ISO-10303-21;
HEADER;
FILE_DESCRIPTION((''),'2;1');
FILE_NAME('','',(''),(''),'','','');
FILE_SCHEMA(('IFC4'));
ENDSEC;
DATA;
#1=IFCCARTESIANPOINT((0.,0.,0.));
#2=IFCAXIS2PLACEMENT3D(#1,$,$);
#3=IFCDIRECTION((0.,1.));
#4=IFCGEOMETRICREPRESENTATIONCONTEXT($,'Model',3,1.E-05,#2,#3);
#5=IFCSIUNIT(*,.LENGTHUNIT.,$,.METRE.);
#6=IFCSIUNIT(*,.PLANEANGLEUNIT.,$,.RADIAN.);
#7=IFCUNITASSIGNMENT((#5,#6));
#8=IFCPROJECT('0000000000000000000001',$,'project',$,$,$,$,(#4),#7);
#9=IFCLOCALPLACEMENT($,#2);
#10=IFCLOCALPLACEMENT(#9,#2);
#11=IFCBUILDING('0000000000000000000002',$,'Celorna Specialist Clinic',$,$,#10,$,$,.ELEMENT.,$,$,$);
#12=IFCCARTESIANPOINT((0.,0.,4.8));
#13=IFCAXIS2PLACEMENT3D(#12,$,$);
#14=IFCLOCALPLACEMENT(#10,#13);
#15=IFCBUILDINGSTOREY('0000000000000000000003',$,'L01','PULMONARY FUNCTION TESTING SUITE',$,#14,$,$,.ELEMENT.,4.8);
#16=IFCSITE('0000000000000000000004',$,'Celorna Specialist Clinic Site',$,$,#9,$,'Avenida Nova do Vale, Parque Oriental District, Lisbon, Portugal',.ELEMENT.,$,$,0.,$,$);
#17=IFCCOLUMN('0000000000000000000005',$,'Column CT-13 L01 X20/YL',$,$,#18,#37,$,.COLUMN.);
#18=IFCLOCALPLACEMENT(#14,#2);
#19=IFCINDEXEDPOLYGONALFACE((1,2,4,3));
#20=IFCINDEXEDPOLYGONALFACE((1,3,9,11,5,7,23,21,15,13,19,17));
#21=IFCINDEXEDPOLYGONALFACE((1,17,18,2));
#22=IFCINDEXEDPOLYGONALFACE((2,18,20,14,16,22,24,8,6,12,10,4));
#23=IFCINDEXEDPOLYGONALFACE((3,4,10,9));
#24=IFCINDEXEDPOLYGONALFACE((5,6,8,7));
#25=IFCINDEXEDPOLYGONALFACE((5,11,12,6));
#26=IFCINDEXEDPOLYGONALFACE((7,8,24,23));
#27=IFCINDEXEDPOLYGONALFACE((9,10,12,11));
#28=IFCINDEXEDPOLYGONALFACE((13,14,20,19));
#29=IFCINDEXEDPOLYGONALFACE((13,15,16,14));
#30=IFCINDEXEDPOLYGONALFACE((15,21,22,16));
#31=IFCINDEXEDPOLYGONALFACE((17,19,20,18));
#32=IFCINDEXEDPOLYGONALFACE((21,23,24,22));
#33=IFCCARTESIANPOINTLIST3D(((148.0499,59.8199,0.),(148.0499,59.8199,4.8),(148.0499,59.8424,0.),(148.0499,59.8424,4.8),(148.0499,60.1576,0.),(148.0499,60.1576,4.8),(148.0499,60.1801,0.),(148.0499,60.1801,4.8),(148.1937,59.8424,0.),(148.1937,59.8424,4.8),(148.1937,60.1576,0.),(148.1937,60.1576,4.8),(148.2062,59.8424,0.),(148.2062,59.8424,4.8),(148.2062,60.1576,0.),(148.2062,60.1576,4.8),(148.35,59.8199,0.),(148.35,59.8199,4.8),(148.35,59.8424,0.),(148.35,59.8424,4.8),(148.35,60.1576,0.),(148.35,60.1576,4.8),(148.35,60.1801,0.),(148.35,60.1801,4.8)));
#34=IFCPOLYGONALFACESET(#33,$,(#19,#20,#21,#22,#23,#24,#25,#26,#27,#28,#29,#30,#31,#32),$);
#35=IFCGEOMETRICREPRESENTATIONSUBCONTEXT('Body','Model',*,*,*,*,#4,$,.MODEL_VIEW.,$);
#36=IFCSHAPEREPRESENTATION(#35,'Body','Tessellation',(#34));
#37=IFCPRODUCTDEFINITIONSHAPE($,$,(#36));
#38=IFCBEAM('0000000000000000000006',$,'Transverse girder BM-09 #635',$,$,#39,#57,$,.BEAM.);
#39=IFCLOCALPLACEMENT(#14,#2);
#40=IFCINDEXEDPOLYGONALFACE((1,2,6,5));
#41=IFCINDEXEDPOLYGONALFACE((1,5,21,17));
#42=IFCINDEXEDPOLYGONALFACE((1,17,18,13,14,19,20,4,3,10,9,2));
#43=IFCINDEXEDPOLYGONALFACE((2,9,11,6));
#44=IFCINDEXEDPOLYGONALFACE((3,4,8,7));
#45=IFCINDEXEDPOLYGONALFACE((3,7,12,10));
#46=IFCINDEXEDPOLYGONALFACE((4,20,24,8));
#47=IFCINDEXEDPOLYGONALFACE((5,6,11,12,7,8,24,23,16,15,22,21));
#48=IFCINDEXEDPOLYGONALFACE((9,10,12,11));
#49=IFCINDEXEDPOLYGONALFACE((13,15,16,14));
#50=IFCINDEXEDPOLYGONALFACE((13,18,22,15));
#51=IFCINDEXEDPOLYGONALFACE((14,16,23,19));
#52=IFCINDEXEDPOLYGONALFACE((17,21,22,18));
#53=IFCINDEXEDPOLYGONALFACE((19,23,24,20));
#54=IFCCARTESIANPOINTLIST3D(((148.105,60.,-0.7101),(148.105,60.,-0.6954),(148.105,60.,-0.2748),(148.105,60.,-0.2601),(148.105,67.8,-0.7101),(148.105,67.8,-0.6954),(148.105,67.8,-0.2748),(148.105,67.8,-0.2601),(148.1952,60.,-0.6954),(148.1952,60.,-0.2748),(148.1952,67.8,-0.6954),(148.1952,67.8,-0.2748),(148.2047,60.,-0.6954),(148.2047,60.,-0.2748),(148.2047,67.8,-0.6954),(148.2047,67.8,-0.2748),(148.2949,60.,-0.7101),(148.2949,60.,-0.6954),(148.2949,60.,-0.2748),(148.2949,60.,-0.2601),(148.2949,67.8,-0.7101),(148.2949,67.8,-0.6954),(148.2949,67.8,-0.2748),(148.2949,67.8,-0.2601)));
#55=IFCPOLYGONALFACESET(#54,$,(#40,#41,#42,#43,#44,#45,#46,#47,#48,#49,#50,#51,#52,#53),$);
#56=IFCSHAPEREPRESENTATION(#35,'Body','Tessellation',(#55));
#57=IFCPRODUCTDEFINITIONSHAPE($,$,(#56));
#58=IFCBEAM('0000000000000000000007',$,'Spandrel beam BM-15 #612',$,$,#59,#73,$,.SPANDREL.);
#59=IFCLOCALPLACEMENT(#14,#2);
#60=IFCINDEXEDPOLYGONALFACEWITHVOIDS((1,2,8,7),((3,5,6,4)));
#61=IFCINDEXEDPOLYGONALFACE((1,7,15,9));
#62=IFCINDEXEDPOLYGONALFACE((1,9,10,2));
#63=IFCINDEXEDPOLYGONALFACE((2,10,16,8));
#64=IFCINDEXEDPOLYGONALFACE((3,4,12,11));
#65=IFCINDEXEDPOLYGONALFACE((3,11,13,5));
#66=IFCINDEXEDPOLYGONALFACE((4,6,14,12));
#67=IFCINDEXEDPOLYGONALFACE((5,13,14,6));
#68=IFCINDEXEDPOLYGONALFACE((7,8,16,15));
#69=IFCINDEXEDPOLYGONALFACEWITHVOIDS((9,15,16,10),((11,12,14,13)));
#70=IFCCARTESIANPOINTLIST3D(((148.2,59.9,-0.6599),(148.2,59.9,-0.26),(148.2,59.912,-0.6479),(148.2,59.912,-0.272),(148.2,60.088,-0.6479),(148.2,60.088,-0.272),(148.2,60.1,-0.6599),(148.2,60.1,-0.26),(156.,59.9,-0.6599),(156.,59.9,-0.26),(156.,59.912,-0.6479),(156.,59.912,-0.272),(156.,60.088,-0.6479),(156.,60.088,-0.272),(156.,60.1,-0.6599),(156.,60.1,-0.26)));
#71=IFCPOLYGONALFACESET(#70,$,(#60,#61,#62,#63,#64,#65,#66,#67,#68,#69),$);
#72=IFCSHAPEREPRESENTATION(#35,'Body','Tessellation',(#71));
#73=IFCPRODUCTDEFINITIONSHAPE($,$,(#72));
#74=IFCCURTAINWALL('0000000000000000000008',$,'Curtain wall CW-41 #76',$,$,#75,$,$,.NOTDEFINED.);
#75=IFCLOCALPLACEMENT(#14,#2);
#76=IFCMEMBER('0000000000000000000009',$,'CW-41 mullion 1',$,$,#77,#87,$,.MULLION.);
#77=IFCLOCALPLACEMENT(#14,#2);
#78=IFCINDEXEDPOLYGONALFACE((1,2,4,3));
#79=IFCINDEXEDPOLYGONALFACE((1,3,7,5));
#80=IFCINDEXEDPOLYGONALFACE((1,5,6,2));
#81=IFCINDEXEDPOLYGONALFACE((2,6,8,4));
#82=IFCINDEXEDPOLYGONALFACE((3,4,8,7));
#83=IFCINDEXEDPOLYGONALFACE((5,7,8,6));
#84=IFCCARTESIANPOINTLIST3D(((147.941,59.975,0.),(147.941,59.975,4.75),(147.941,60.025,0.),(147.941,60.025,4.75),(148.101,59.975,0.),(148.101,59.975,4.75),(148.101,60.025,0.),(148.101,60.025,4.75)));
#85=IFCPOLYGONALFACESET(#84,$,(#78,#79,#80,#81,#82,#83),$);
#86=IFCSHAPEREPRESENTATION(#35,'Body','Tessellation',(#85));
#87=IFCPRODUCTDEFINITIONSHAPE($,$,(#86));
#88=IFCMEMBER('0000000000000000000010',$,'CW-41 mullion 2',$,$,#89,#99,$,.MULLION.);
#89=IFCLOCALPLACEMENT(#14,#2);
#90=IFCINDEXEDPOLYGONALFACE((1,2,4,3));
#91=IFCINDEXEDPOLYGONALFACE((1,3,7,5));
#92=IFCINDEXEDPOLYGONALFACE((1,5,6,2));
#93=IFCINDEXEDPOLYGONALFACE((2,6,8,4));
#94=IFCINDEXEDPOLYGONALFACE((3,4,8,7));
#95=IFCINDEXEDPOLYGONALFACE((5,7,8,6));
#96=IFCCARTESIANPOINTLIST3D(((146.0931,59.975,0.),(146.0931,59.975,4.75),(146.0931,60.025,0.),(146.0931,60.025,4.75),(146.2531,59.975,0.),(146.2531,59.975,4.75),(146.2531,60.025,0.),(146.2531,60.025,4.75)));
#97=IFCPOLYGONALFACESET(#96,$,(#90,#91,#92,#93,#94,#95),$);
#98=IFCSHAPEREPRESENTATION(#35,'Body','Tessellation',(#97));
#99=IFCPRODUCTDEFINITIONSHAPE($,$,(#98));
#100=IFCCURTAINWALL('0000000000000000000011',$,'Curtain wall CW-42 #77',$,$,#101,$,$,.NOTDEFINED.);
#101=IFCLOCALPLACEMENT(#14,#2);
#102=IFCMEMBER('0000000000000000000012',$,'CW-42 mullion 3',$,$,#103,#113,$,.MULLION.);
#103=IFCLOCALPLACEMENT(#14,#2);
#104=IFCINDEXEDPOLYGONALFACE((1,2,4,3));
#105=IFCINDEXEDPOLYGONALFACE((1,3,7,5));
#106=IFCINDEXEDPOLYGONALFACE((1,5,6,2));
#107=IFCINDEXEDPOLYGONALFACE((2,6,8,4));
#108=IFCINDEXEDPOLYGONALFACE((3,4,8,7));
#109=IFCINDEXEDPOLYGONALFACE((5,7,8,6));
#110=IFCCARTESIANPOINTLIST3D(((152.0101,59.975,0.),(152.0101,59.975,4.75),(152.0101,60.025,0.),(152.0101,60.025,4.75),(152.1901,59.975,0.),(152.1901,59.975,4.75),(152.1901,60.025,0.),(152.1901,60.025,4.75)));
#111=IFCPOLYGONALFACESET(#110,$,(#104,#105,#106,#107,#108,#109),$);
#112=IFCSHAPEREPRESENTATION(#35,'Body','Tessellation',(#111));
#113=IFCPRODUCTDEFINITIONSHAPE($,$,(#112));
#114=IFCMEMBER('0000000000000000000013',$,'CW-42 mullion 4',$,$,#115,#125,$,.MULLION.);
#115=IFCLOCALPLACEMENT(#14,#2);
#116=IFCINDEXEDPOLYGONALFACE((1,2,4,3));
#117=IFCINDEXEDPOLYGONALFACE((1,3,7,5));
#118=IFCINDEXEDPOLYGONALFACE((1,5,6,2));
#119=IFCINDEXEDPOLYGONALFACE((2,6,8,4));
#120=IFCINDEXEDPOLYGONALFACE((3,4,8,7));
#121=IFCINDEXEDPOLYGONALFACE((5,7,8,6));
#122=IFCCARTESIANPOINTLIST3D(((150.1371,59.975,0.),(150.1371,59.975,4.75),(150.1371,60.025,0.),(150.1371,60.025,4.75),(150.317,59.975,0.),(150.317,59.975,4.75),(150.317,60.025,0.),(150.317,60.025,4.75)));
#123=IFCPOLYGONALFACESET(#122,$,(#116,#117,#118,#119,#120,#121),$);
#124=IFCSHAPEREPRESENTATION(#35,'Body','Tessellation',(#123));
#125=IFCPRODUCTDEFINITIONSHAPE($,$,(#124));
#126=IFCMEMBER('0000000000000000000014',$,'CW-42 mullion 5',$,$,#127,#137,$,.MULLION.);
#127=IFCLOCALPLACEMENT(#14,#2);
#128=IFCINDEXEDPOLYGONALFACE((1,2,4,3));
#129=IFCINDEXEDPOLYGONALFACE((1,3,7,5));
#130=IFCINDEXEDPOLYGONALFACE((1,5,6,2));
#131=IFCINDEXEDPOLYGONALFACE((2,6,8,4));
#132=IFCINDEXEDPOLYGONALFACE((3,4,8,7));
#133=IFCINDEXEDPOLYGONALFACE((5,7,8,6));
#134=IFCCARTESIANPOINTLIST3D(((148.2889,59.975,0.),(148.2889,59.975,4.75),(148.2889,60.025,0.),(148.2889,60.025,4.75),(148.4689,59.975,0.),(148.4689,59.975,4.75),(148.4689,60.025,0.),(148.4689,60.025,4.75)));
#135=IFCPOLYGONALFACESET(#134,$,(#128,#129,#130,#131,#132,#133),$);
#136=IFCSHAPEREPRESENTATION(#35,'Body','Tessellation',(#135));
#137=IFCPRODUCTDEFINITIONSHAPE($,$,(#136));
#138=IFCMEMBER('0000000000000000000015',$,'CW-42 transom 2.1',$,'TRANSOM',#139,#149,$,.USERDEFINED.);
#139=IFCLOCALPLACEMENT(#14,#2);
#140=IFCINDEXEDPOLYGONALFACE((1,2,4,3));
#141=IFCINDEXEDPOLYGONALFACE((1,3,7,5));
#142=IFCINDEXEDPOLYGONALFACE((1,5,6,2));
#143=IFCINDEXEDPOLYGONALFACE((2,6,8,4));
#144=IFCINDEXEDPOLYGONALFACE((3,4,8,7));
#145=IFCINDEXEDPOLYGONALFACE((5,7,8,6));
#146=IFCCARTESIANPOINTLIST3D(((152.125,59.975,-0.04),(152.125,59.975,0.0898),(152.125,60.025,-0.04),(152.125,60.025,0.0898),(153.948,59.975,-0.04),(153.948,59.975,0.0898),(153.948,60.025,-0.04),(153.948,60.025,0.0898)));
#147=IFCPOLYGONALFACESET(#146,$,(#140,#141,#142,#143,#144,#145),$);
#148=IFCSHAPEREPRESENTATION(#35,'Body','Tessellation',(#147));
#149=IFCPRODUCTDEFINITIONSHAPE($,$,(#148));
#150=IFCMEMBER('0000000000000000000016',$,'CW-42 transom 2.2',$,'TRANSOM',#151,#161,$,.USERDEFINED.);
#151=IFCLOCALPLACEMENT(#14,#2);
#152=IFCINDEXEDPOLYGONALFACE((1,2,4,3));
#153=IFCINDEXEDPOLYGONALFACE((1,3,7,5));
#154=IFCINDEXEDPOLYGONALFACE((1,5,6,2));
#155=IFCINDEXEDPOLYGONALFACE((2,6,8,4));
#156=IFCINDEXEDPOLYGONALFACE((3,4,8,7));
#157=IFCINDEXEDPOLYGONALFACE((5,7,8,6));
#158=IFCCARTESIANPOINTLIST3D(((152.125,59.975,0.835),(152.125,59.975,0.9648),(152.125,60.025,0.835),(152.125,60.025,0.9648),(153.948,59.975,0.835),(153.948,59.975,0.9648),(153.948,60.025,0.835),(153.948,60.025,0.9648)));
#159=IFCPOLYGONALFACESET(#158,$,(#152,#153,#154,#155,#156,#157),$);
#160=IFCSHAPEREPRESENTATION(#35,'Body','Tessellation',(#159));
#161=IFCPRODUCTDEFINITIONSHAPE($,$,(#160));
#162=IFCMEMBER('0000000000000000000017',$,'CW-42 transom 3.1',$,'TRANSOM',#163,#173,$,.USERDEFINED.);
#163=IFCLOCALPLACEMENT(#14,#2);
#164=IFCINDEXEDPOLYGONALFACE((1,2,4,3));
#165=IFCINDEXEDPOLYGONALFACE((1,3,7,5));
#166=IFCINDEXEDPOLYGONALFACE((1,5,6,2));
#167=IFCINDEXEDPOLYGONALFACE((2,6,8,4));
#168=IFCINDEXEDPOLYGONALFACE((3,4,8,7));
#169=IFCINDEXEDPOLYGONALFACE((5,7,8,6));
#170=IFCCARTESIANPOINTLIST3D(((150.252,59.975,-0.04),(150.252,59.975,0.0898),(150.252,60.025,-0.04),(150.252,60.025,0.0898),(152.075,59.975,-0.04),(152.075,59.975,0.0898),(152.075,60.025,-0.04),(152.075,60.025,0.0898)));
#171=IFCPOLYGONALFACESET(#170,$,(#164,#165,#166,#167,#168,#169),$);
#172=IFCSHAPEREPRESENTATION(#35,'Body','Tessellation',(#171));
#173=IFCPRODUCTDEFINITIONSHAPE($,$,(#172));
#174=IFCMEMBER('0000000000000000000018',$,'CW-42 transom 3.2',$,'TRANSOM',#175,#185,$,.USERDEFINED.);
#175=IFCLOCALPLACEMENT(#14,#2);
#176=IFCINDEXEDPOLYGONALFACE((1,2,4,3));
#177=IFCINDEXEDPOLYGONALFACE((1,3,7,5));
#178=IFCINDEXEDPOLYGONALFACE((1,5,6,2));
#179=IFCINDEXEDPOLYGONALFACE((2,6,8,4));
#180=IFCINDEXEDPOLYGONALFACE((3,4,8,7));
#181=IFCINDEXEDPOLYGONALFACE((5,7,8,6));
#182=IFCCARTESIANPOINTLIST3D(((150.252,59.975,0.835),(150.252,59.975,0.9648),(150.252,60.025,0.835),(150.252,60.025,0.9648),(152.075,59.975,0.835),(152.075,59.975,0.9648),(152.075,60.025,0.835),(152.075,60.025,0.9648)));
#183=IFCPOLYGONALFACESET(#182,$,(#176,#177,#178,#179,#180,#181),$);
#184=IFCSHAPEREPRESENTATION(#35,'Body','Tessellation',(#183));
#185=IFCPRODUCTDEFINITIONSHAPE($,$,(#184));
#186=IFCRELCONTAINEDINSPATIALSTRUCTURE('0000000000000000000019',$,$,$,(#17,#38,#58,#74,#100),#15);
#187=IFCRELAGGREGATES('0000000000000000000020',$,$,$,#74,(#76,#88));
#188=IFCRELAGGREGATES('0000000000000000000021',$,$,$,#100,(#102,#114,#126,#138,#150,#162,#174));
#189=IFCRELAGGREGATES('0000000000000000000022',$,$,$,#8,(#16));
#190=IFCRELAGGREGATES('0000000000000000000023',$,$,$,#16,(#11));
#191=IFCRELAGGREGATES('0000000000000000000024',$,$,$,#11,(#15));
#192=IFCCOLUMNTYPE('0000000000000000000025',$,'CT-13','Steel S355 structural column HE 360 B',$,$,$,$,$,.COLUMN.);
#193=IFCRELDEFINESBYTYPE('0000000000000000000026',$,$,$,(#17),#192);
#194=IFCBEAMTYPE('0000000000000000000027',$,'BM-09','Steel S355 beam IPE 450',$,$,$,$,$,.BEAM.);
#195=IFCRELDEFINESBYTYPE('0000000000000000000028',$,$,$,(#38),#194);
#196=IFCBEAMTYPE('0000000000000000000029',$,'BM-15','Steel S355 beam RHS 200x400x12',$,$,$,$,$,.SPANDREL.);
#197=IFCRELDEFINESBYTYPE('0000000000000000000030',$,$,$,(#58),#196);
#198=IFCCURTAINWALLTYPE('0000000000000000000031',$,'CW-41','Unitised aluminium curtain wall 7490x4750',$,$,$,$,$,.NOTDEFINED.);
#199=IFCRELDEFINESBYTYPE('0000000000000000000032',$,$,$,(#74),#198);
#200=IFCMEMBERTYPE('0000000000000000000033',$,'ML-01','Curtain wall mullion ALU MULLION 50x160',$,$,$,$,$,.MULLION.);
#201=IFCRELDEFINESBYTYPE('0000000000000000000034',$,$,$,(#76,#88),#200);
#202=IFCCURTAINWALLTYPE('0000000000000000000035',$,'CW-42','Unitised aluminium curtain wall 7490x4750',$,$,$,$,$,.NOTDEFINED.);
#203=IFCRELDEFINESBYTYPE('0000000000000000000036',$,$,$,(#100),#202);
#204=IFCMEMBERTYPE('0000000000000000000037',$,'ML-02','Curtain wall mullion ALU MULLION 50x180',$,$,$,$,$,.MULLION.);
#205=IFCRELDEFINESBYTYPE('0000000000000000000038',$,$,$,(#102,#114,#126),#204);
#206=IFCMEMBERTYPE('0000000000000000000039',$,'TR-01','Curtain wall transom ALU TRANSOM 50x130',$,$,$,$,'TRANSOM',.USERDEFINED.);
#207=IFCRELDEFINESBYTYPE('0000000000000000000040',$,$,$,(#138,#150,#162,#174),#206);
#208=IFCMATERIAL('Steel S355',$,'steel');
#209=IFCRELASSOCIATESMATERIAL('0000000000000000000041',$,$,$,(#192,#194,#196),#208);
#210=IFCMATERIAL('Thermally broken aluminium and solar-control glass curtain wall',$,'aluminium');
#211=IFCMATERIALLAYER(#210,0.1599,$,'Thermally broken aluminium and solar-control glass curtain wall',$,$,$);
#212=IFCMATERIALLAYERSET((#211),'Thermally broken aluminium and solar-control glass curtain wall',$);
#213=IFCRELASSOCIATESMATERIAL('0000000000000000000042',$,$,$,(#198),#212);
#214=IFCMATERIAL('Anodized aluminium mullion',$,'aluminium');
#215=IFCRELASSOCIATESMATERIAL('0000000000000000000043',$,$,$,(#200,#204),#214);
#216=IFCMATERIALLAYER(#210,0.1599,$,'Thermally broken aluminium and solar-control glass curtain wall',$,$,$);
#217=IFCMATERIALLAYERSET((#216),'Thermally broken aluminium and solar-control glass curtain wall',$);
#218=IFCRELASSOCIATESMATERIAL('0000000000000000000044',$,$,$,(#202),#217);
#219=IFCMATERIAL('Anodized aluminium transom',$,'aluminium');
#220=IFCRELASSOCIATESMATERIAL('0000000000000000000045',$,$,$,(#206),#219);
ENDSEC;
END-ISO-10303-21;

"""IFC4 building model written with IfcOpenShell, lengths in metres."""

from ifc_helpers import new_model, si_unit, direction, frame, origin, origin_2d, place, context, subcontext, project, spatial, rectangle, hollow_rectangle, i_section, extrude, material, layer, layer_set, material_profile, profile_set, type_object, element, aggregate, save


model = new_model("IFC4")

# Units and contexts
model_context = context("Model", 3, precision=1e-05, world=origin(), true_north=direction((0.0, 1.0)))
body_context = subcontext(model_context, "Body", "Model", "MODEL_VIEW")
ifc_project = project(units=[si_unit("LENGTHUNIT", "METRE"), si_unit("PLANEANGLEUNIT", "RADIAN")], contexts=[model_context])

# Site, building, storey
site_placement = place(None, origin())
site = spatial("IfcSite", under=ifc_project, at=site_placement, Name="Celorna Specialist Clinic Site", LongName="Avenida Nova do Vale, Parque Oriental District, Lisbon, Portugal", CompositionType="ELEMENT", RefElevation=0.0)
building_placement = place(site_placement, origin())
building = spatial("IfcBuilding", under=site, at=building_placement, Name="Celorna Specialist Clinic", CompositionType="ELEMENT")
storey_placement = place(building_placement, frame((0.0, 0.0, 4.8)))
storey = spatial("IfcBuildingStorey", under=building, at=storey_placement, Name="L01", Description="PULMONARY FUNCTION TESTING SUITE", CompositionType="ELEMENT", Elevation=4.8)

# Column
ifc_material_1 = material(Name="Steel S355", Category="steel")
ifc_material_profile_1 = material_profile(ifc_material_1, i_section(OverallWidth=0.3, OverallDepth=0.3601, WebThickness=0.0125, FlangeThickness=0.0225, at=origin_2d()), Name="HE 360 B")
ifc_profile_set_1 = profile_set([ifc_material_profile_1], Name="Steel S355")
column_type = type_object("IfcColumnType", Name="CT-13", Description="Steel S355 structural column HE 360 B", PredefinedType="COLUMN", material=ifc_profile_set_1)
column_placement = place(storey_placement, frame((148.2, 60.0, 0.0), z_axis=(0.0, 0.0, 1.0), x_axis=(1.0, 0.0, 0.0)))
element("IfcColumn", 1, at=column_placement, inside=storey, type_object=column_type, Name="Column CT-13 L01 X20/YL", PredefinedType="COLUMN", context=body_context, shape_type="SweptSolid", body=[
    extrude(i_section(OverallWidth=0.3, OverallDepth=0.3601, WebThickness=0.0125, FlangeThickness=0.0225, at=origin_2d()), origin(), (0.0, 0.0, 1.0), 4.8),
])

# Beams
ifc_material_profile_2 = material_profile(ifc_material_1, i_section(OverallWidth=0.1899, OverallDepth=0.45, WebThickness=0.0095, FlangeThickness=0.0146, at=origin_2d()), Name="IPE 450")
ifc_profile_set_2 = profile_set([ifc_material_profile_2], Name="Steel S355")
beam_type_1 = type_object("IfcBeamType", Name="BM-09", Description="Steel S355 beam IPE 450", PredefinedType="BEAM", material=ifc_profile_set_2)
beam_1_placement = place(storey_placement, frame((148.2, 60.0, -0.4851), z_axis=(0.0, 1.0, 0.0), x_axis=(-1.0, 0.0, 0.0)))
element("IfcBeam", 2, at=beam_1_placement, inside=storey, type_object=beam_type_1, Name="Transverse girder BM-09 #635", PredefinedType="BEAM", context=body_context, shape_type="SweptSolid", body=[
    extrude(i_section(OverallWidth=0.1899, OverallDepth=0.45, WebThickness=0.0095, FlangeThickness=0.0146, at=origin_2d()), origin(), (0.0, 0.0, 1.0), 7.8),
])
ifc_material_profile_3 = material_profile(ifc_material_1, hollow_rectangle(XDim=0.2, YDim=0.3999, WallThickness=0.012, at=origin_2d()), Name="RHS 200x400x12")
ifc_profile_set_3 = profile_set([ifc_material_profile_3], Name="Steel S355")
beam_type_2 = type_object("IfcBeamType", Name="BM-15", Description="Steel S355 beam RHS 200x400x12", PredefinedType="SPANDREL", material=ifc_profile_set_3)
beam_2_placement = place(storey_placement, frame((148.2, 60.0, -0.46), z_axis=(1.0, 0.0, 0.0), x_axis=(0.0, 1.0, 0.0)))
element("IfcBeam", 3, at=beam_2_placement, inside=storey, type_object=beam_type_2, Name="Spandrel beam BM-15 #612", PredefinedType="SPANDREL", context=body_context, shape_type="SweptSolid", body=[
    extrude(hollow_rectangle(XDim=0.2, YDim=0.3999, WallThickness=0.012, at=origin_2d()), origin(), (0.0, 0.0, 1.0), 7.8),
])

# Curtain walls, members
ifc_material_2 = material(Name="Thermally broken aluminium and solar-control glass curtain wall", Category="aluminium")
ifc_layer_1 = layer(ifc_material_2, 0.1599, Name="Thermally broken aluminium and solar-control glass curtain wall")
ifc_layer_set_1 = layer_set([ifc_layer_1], Name="Thermally broken aluminium and solar-control glass curtain wall")
curtain_wall_type_1 = type_object("IfcCurtainWallType", Name="CW-41", Description="Unitised aluminium curtain wall 7490x4750", PredefinedType="NOTDEFINED", material=ifc_layer_set_1)
curtain_wall_1_placement = place(storey_placement, origin())
curtain_wall_1 = element("IfcCurtainWall", 4, at=curtain_wall_1_placement, inside=storey, type_object=curtain_wall_type_1, Name="Curtain wall CW-41 #76", PredefinedType="NOTDEFINED")
ifc_material_3 = material(Name="Anodized aluminium mullion", Category="aluminium")
ifc_material_profile_4 = material_profile(ifc_material_3, rectangle(XDim=0.05, YDim=0.1599, at=origin_2d()), Name="ALU MULLION 50x160")
ifc_profile_set_4 = profile_set([ifc_material_profile_4], Name="Anodized aluminium mullion")
member_type_1 = type_object("IfcMemberType", Name="ML-01", Description="Curtain wall mullion ALU MULLION 50x160", PredefinedType="MULLION", material=ifc_profile_set_4)
member_1_placement = place(storey_placement, frame((148.021, 60.0, 0.0), z_axis=(0.0, 0.0, 1.0), x_axis=(0.0, -1.0, 0.0)))
member_1 = element("IfcMember", 5, at=member_1_placement, type_object=member_type_1, Name="CW-41 mullion 1", PredefinedType="MULLION", context=body_context, shape_type="SweptSolid", body=[
    extrude(rectangle(XDim=0.05, YDim=0.1599, at=origin_2d()), origin(), (0.0, 0.0, 1.0), 4.75),
])
member_2_placement = place(storey_placement, frame((146.1731, 60.0, 0.0), z_axis=(0.0, 0.0, 1.0), x_axis=(0.0, -1.0, 0.0)))
member_2 = element("IfcMember", 6, at=member_2_placement, type_object=member_type_1, Name="CW-41 mullion 2", PredefinedType="MULLION", context=body_context, shape_type="SweptSolid", body=[
    extrude(rectangle(XDim=0.05, YDim=0.1599, at=origin_2d()), origin(), (0.0, 0.0, 1.0), 4.75),
])
ifc_layer_2 = layer(ifc_material_2, 0.1599, Name="Thermally broken aluminium and solar-control glass curtain wall")
ifc_layer_set_2 = layer_set([ifc_layer_2], Name="Thermally broken aluminium and solar-control glass curtain wall")
curtain_wall_type_2 = type_object("IfcCurtainWallType", Name="CW-42", Description="Unitised aluminium curtain wall 7490x4750", PredefinedType="NOTDEFINED", material=ifc_layer_set_2)
curtain_wall_2_placement = place(storey_placement, origin())
curtain_wall_2 = element("IfcCurtainWall", 7, at=curtain_wall_2_placement, inside=storey, type_object=curtain_wall_type_2, Name="Curtain wall CW-42 #77", PredefinedType="NOTDEFINED")
ifc_material_profile_5 = material_profile(ifc_material_3, rectangle(XDim=0.05, YDim=0.1799, at=origin_2d()), Name="ALU MULLION 50x180")
ifc_profile_set_5 = profile_set([ifc_material_profile_5], Name="Anodized aluminium mullion")
member_type_2 = type_object("IfcMemberType", Name="ML-02", Description="Curtain wall mullion ALU MULLION 50x180", PredefinedType="MULLION", material=ifc_profile_set_5)
member_3_placement = place(storey_placement, frame((152.1001, 60.0, 0.0), z_axis=(0.0, 0.0, 1.0), x_axis=(0.0, -1.0, 0.0)))
member_3 = element("IfcMember", 8, at=member_3_placement, type_object=member_type_2, Name="CW-42 mullion 3", PredefinedType="MULLION", context=body_context, shape_type="SweptSolid", body=[
    extrude(rectangle(XDim=0.05, YDim=0.1799, at=origin_2d()), origin(), (0.0, 0.0, 1.0), 4.75),
])
member_4_placement = place(storey_placement, frame((150.2271, 60.0, 0.0), z_axis=(0.0, 0.0, 1.0), x_axis=(0.0, -1.0, 0.0)))
member_4 = element("IfcMember", 9, at=member_4_placement, type_object=member_type_2, Name="CW-42 mullion 4", PredefinedType="MULLION", context=body_context, shape_type="SweptSolid", body=[
    extrude(rectangle(XDim=0.05, YDim=0.1799, at=origin_2d()), origin(), (0.0, 0.0, 1.0), 4.75),
])
member_5_placement = place(storey_placement, frame((148.3789, 60.0, 0.0), z_axis=(0.0, 0.0, 1.0), x_axis=(0.0, -1.0, 0.0)))
member_5 = element("IfcMember", 10, at=member_5_placement, type_object=member_type_2, Name="CW-42 mullion 5", PredefinedType="MULLION", context=body_context, shape_type="SweptSolid", body=[
    extrude(rectangle(XDim=0.05, YDim=0.1799, at=origin_2d()), origin(), (0.0, 0.0, 1.0), 4.75),
])
ifc_material_4 = material(Name="Anodized aluminium transom", Category="aluminium")
ifc_material_profile_6 = material_profile(ifc_material_4, rectangle(XDim=0.05, YDim=0.1299, at=origin_2d()), Name="ALU TRANSOM 50x130")
ifc_profile_set_6 = profile_set([ifc_material_profile_6], Name="Anodized aluminium transom")
member_type_3 = type_object("IfcMemberType", Name="TR-01", Description="Curtain wall transom ALU TRANSOM 50x130", ElementType="TRANSOM", PredefinedType="USERDEFINED", material=ifc_profile_set_6)
member_6_placement = place(storey_placement, frame((153.948, 60.0, 0.0249), z_axis=(-1.0, 0.0, 0.0), x_axis=(0.0, -1.0, 0.0)))
member_6 = element("IfcMember", 11, at=member_6_placement, type_object=member_type_3, Name="CW-42 transom 2.1", ObjectType="TRANSOM", PredefinedType="USERDEFINED", context=body_context, shape_type="SweptSolid", body=[
    extrude(rectangle(XDim=0.05, YDim=0.1299, at=origin_2d()), origin(), (0.0, 0.0, 1.0), 1.823),
])
member_7_placement = place(storey_placement, frame((153.948, 60.0, 0.8999), z_axis=(-1.0, 0.0, 0.0), x_axis=(0.0, -1.0, 0.0)))
member_7 = element("IfcMember", 12, at=member_7_placement, type_object=member_type_3, Name="CW-42 transom 2.2", ObjectType="TRANSOM", PredefinedType="USERDEFINED", context=body_context, shape_type="SweptSolid", body=[
    extrude(rectangle(XDim=0.05, YDim=0.1299, at=origin_2d()), origin(), (0.0, 0.0, 1.0), 1.823),
])
member_8_placement = place(storey_placement, frame((152.075, 60.0, 0.0249), z_axis=(-1.0, 0.0, 0.0), x_axis=(0.0, -1.0, 0.0)))
member_8 = element("IfcMember", 13, at=member_8_placement, type_object=member_type_3, Name="CW-42 transom 3.1", ObjectType="TRANSOM", PredefinedType="USERDEFINED", context=body_context, shape_type="SweptSolid", body=[
    extrude(rectangle(XDim=0.05, YDim=0.1299, at=origin_2d()), origin(), (0.0, 0.0, 1.0), 1.823),
])
member_9_placement = place(storey_placement, frame((152.075, 60.0, 0.8999), z_axis=(-1.0, 0.0, 0.0), x_axis=(0.0, -1.0, 0.0)))
member_9 = element("IfcMember", 14, at=member_9_placement, type_object=member_type_3, Name="CW-42 transom 3.2", ObjectType="TRANSOM", PredefinedType="USERDEFINED", context=body_context, shape_type="SweptSolid", body=[
    extrude(rectangle(XDim=0.05, YDim=0.1299, at=origin_2d()), origin(), (0.0, 0.0, 1.0), 1.823),
])

aggregate(curtain_wall_1, [member_1, member_2])
aggregate(curtain_wall_2, [member_3, member_4, member_5, member_6, member_7, member_8, member_9])

save(model, "model.ifc")
